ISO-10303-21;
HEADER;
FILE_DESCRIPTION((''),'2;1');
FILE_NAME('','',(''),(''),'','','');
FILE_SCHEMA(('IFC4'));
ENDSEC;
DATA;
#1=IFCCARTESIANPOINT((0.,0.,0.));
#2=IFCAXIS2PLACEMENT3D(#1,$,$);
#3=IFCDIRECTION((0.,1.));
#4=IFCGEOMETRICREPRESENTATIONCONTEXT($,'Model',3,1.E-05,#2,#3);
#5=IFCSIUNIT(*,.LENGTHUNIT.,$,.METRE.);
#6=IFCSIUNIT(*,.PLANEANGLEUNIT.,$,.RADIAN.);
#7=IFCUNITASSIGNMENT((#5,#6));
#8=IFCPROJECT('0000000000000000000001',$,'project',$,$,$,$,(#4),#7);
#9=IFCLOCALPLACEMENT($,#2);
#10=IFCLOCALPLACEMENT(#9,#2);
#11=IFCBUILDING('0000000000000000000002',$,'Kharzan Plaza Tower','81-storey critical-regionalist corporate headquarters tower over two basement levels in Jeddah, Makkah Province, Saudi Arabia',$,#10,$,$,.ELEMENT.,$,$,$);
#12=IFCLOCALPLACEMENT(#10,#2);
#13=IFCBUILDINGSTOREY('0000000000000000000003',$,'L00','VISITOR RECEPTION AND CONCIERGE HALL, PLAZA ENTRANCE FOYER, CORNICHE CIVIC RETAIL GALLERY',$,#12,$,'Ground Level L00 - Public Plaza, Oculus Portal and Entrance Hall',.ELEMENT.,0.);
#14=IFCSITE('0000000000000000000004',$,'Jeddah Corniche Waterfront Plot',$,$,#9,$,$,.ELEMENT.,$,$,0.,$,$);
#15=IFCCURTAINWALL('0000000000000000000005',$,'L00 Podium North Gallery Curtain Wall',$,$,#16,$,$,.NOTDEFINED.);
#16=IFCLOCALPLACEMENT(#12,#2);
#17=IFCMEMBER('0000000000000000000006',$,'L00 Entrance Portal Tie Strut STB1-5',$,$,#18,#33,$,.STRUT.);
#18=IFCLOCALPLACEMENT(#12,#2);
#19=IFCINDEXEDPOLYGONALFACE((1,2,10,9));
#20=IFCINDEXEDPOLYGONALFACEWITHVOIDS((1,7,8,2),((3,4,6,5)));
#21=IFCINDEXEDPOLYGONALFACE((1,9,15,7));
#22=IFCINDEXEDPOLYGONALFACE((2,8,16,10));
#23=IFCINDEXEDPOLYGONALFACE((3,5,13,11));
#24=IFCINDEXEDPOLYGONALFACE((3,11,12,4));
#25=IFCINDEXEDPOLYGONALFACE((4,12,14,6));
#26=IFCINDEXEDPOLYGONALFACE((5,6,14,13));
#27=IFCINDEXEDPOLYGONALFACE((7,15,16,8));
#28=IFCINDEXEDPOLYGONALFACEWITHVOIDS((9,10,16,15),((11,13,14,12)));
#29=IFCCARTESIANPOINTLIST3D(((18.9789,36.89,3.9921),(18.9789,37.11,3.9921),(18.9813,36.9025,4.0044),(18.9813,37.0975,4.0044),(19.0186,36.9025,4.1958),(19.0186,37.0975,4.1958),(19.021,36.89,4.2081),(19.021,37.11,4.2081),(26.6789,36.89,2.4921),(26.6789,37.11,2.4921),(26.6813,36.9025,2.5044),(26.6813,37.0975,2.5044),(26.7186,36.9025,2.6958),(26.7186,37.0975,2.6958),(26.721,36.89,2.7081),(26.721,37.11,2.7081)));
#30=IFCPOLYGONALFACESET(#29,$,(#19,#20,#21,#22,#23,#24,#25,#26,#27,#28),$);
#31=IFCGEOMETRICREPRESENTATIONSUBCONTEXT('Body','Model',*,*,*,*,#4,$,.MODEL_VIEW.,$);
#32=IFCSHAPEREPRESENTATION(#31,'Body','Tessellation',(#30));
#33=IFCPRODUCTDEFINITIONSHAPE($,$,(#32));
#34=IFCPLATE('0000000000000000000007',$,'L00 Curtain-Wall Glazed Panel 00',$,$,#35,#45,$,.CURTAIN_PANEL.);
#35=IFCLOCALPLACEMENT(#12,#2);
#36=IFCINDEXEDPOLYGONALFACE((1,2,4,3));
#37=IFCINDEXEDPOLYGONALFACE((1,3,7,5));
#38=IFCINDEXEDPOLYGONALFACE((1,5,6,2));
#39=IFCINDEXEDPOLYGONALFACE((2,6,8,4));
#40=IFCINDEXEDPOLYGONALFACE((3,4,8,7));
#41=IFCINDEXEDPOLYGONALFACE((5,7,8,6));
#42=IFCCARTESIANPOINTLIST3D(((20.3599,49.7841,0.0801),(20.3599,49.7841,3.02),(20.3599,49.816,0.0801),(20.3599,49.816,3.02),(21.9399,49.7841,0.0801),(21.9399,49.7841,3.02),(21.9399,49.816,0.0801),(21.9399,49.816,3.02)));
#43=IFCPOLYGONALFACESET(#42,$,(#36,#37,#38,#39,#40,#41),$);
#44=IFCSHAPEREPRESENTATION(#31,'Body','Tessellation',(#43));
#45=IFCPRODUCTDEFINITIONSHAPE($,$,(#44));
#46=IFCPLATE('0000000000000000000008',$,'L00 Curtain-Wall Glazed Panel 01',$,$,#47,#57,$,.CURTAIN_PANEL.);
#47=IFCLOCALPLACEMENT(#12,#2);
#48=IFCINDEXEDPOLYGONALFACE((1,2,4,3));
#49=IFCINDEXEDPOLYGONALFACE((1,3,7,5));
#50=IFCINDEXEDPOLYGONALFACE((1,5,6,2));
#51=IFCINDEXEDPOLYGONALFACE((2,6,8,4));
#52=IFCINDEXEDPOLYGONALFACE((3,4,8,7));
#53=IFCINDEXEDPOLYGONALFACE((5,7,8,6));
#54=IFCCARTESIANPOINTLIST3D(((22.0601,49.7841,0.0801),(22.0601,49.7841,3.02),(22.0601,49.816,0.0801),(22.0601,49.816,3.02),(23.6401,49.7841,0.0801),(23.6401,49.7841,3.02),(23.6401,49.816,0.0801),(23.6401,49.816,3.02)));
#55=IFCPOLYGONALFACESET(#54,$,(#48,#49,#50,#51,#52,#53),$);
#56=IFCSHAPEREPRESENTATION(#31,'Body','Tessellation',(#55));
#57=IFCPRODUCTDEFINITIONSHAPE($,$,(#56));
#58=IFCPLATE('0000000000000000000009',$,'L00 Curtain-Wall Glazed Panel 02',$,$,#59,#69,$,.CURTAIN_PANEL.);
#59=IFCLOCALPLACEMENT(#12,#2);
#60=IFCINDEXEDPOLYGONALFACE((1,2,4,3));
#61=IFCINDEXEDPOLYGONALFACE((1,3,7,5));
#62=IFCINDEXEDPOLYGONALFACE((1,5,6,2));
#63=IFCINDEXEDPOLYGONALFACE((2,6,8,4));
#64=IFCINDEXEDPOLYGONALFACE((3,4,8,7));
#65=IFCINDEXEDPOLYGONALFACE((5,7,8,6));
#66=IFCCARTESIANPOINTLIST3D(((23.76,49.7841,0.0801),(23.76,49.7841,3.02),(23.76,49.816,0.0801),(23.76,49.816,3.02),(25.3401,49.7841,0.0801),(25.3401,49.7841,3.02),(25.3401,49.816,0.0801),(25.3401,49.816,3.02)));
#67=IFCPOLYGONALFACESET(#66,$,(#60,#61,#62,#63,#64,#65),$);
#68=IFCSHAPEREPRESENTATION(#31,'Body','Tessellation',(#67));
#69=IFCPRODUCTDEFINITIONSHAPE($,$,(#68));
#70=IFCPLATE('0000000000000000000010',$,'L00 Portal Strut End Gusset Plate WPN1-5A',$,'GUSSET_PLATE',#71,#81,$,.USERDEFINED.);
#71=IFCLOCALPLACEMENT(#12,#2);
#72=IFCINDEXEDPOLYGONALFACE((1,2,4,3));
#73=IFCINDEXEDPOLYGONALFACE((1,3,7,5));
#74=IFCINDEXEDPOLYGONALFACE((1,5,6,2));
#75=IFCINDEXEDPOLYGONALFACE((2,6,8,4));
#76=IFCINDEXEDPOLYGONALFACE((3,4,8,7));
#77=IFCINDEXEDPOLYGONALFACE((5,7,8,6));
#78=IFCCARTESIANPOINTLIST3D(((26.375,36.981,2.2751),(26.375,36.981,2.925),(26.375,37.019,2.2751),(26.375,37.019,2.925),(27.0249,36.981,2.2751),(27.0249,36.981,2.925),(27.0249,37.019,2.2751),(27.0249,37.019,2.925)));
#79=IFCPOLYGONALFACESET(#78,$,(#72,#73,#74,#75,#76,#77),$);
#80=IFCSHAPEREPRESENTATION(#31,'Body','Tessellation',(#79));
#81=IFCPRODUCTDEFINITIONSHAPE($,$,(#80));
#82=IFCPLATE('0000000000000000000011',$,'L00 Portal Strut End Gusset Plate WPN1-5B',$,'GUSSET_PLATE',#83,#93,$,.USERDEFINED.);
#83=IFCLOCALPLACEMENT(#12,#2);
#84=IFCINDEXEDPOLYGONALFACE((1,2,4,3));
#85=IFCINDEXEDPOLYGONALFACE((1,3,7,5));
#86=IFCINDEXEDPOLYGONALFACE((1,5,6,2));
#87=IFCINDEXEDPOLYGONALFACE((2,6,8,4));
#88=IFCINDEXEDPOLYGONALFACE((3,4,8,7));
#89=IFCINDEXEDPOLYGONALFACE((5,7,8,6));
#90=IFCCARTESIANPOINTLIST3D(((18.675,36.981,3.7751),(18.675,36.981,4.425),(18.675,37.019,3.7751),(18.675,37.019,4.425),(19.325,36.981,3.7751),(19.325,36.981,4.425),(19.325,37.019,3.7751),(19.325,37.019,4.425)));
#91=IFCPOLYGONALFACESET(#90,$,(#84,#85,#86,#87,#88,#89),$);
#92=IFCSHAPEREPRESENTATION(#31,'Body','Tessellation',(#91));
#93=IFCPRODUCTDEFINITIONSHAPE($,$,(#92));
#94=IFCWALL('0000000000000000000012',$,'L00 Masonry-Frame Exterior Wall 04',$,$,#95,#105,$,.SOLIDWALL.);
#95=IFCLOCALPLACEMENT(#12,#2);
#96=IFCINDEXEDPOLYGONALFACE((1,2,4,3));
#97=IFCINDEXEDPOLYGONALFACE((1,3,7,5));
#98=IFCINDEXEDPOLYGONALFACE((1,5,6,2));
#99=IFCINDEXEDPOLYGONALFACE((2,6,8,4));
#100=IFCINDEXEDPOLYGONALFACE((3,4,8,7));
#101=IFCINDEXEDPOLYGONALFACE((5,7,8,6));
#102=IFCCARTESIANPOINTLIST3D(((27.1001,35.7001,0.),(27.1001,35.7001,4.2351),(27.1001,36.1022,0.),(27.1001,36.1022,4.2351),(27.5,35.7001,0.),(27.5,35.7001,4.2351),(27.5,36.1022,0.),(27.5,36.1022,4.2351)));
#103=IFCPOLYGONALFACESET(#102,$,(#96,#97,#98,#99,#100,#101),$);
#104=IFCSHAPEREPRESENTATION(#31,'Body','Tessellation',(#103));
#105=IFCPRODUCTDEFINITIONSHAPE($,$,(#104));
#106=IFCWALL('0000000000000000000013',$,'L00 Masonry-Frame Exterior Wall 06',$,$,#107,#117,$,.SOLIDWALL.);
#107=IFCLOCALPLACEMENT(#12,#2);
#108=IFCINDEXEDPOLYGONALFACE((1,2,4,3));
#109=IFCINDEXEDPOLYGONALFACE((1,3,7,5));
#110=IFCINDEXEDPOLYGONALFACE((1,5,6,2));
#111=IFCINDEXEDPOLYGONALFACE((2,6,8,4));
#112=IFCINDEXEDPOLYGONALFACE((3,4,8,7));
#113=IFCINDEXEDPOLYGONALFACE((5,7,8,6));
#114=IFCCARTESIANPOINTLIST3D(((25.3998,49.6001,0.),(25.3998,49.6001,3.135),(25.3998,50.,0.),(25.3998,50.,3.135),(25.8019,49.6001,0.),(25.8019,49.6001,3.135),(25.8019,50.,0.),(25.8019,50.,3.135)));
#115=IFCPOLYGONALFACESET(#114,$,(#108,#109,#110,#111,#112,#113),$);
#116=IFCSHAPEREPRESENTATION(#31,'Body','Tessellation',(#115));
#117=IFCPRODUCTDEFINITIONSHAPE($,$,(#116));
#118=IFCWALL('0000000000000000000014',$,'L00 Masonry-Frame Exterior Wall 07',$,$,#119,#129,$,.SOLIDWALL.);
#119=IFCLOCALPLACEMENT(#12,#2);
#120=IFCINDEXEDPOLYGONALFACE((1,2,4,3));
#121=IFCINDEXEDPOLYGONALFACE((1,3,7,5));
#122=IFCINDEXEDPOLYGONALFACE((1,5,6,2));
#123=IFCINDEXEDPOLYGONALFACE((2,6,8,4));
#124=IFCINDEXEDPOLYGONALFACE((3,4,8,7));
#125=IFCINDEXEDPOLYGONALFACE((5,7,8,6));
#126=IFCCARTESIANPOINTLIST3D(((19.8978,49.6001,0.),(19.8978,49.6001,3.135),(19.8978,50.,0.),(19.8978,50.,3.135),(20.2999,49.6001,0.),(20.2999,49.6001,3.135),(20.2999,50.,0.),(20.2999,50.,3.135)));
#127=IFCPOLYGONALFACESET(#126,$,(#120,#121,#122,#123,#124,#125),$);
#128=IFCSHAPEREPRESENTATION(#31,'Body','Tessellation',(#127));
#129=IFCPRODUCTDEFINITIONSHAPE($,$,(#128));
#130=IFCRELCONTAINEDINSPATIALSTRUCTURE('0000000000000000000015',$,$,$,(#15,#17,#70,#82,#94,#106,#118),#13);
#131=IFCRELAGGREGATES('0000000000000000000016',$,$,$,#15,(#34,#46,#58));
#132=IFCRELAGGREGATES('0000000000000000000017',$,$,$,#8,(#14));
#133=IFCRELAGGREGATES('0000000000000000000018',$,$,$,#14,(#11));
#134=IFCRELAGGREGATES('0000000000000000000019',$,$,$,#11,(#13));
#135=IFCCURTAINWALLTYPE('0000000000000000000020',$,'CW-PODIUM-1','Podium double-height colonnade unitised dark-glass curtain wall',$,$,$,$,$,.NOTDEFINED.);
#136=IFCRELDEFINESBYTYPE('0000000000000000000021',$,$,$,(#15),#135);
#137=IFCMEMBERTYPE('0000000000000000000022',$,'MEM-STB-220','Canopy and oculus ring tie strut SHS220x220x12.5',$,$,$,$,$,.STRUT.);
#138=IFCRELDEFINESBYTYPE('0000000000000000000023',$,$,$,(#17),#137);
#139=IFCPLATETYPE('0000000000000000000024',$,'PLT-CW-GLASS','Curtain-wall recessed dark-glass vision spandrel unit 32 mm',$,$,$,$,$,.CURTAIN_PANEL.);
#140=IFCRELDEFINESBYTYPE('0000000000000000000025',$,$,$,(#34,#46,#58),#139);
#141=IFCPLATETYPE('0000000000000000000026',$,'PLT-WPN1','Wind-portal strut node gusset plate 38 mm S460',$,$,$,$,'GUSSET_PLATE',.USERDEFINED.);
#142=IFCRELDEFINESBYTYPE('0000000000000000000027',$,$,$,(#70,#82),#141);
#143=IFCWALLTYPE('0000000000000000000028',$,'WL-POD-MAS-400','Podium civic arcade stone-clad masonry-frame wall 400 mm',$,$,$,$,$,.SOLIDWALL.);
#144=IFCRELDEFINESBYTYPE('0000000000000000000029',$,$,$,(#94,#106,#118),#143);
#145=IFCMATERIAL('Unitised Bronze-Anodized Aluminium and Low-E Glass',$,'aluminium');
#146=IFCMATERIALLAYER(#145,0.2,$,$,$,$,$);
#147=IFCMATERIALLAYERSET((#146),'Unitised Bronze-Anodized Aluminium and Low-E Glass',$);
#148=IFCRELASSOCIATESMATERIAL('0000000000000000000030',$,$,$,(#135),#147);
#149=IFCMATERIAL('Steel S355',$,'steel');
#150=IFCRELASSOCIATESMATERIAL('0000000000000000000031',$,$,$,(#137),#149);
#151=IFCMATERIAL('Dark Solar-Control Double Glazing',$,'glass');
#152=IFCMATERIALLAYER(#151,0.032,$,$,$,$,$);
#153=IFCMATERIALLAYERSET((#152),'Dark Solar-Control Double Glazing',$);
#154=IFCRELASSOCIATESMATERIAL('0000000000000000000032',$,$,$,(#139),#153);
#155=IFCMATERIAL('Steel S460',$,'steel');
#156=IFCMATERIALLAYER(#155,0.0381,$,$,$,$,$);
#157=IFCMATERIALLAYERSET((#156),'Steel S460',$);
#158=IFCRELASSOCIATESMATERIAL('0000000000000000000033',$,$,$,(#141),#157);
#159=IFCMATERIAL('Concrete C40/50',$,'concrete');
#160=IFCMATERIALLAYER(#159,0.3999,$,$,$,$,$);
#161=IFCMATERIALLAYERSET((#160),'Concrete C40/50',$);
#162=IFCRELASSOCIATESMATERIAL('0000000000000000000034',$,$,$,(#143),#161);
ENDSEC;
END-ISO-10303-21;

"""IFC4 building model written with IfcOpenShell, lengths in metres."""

from ifc_helpers import new_model, si_unit, direction, frame, frame_2d, origin, origin_2d, place, context, subcontext, project, spatial, rectangle, hollow_rectangle, extrude, source, transform, mapped, material, layer, layer_set, material_profile, profile_set, type_object, element, aggregate, save


model = new_model("IFC4")

# Units and contexts
model_context = context("Model", 3, precision=1e-05, world=origin(), true_north=direction((0.0, 1.0)))
body_context = subcontext(model_context, "Body", "Model", "MODEL_VIEW")
ifc_project = project(units=[si_unit("LENGTHUNIT", "METRE"), si_unit("PLANEANGLEUNIT", "RADIAN")], contexts=[model_context])

# Site, building, storey
site_placement = place(None, origin())
site = spatial("IfcSite", under=ifc_project, at=site_placement, Name="Jeddah Corniche Waterfront Plot", CompositionType="ELEMENT", RefElevation=0.0)
building_placement = place(site_placement, origin())
building = spatial("IfcBuilding", under=site, at=building_placement, Name="Kharzan Plaza Tower", Description="81-storey critical-regionalist corporate headquarters tower over two basement levels in Jeddah, Makkah Province, Saudi Arabia", CompositionType="ELEMENT")
storey_placement = place(building_placement, origin())
storey = spatial("IfcBuildingStorey", under=building, at=storey_placement, Name="L00", Description="VISITOR RECEPTION AND CONCIERGE HALL, PLAZA ENTRANCE FOYER, CORNICHE CIVIC RETAIL GALLERY", LongName="Ground Level L00 - Public Plaza, Oculus Portal and Entrance Hall", CompositionType="ELEMENT", Elevation=0.0)

# Shared definitions
ifc_material_1 = material(Name="Steel S355", Category="steel")

# Curtain wall
ifc_material_2 = material(Name="Unitised Bronze-Anodized Aluminium and Low-E Glass", Category="aluminium")
ifc_layer_1 = layer(ifc_material_2, 0.2)
ifc_layer_set_1 = layer_set([ifc_layer_1], Name="Unitised Bronze-Anodized Aluminium and Low-E Glass")
curtain_wall_type = type_object("IfcCurtainWallType", Name="CW-PODIUM-1", Description="Podium double-height colonnade unitised dark-glass curtain wall", PredefinedType="NOTDEFINED", material=ifc_layer_set_1)
curtain_wall_placement = place(storey_placement, origin())
curtain_wall = element("IfcCurtainWall", 1, at=curtain_wall_placement, inside=storey, type_object=curtain_wall_type, Name="L00 Podium North Gallery Curtain Wall", PredefinedType="NOTDEFINED")

# Member
ifc_material_profile_1 = material_profile(ifc_material_1, hollow_rectangle(XDim=0.22, YDim=0.22, WallThickness=0.0125, at=origin_2d()), Name="SHS220x220x12.5")
ifc_profile_set_1 = profile_set([ifc_material_profile_1], Name="Steel S355")
member_type_1 = type_object("IfcMemberType", Name="MEM-STB-220", Description="Canopy and oculus ring tie strut SHS220x220x12.5", PredefinedType="STRUT", material=ifc_profile_set_1)
shared_shape_1 = source(origin(), body_context, "Body", "SweptSolid", [
    extrude(hollow_rectangle(XDim=0.22, YDim=0.22, WallThickness=0.0125, at=origin_2d()), origin(), (0.0, 0.0, 1.0), 7.8447),
])
member_1_placement = place(storey_placement, frame((26.7, 37.0, 2.6001), z_axis=(-0.981549, 0.0, 0.191212), x_axis=(0.0, -1.0, 0.0)))
element("IfcMember", 2, at=member_1_placement, inside=storey, type_object=member_type_1, Name="L00 Entrance Portal Tie Strut STB1-5", PredefinedType="STRUT", context=body_context, shape_type="MappedRepresentation", body=[
    mapped(shared_shape_1, transform((0.0, 0.0, 0.0), x_axis=(1.0, 0.0, 0.0), y_axis=(0.0, 1.0, 0.0), z_axis=(0.0, 0.0, 1.0))),
])

# Plates
ifc_material_3 = material(Name="Dark Solar-Control Double Glazing", Category="glass")
ifc_layer_2 = layer(ifc_material_3, 0.032)
ifc_layer_set_2 = layer_set([ifc_layer_2], Name="Dark Solar-Control Double Glazing")
plate_type_1 = type_object("IfcPlateType", Name="PLT-CW-GLASS", Description="Curtain-wall recessed dark-glass vision spandrel unit 32 mm", PredefinedType="CURTAIN_PANEL", material=ifc_layer_set_2)
shared_shape_2 = source(origin(), body_context, "Body", "SweptSolid", [
    extrude(rectangle(XDim=1.5801, YDim=0.032, at=origin_2d()), origin(), (0.0, 0.0, 1.0), 2.9399),
])
plate_1_placement = place(storey_placement, frame((21.1499, 49.8, 0.0801), z_axis=(0.0, 0.0, 1.0), x_axis=(1.0, 0.0, 0.0)))
plate_1 = element("IfcPlate", 3, at=plate_1_placement, type_object=plate_type_1, Name="L00 Curtain-Wall Glazed Panel 00", PredefinedType="CURTAIN_PANEL", context=body_context, shape_type="MappedRepresentation", body=[
    mapped(shared_shape_2, transform((0.0, 0.0, 0.0), x_axis=(1.0, 0.0, 0.0), y_axis=(0.0, 1.0, 0.0), z_axis=(0.0, 0.0, 1.0))),
])
plate_2_placement = place(storey_placement, frame((22.8501, 49.8, 0.0801), z_axis=(0.0, 0.0, 1.0), x_axis=(1.0, 0.0, 0.0)))
plate_2 = element("IfcPlate", 4, at=plate_2_placement, type_object=plate_type_1, Name="L00 Curtain-Wall Glazed Panel 01", PredefinedType="CURTAIN_PANEL", context=body_context, shape_type="MappedRepresentation", body=[
    mapped(shared_shape_2, transform((0.0, 0.0, 0.0), x_axis=(1.0, 0.0, 0.0), y_axis=(0.0, 1.0, 0.0), z_axis=(0.0, 0.0, 1.0))),
])
plate_3_placement = place(storey_placement, frame((24.55, 49.8, 0.0801), z_axis=(0.0, 0.0, 1.0), x_axis=(1.0, 0.0, 0.0)))
plate_3 = element("IfcPlate", 5, at=plate_3_placement, type_object=plate_type_1, Name="L00 Curtain-Wall Glazed Panel 02", PredefinedType="CURTAIN_PANEL", context=body_context, shape_type="MappedRepresentation", body=[
    mapped(shared_shape_2, transform((0.0, 0.0, 0.0), x_axis=(1.0, 0.0, 0.0), y_axis=(0.0, 1.0, 0.0), z_axis=(0.0, 0.0, 1.0))),
])
aggregate(curtain_wall, [plate_1, plate_2, plate_3])

# Plates
ifc_material_4 = material(Name="Steel S460", Category="steel")
ifc_layer_3 = layer(ifc_material_4, 0.0381)
ifc_layer_set_3 = layer_set([ifc_layer_3], Name="Steel S460")
plate_type_2 = type_object("IfcPlateType", Name="PLT-WPN1", Description="Wind-portal strut node gusset plate 38 mm S460", ElementType="GUSSET_PLATE", PredefinedType="USERDEFINED", material=ifc_layer_set_3)
shared_shape_3 = source(origin(), body_context, "Body", "SweptSolid", [
    extrude(rectangle(XDim=0.6499, YDim=0.0381, at=origin_2d()), origin(), (0.0, 0.0, 1.0), 0.6499),
])
for number, where, z_axis, x_axis, name in (
    (6, (26.7, 37.0, 2.2751), (0.0, 0.0, 1.0), (1.0, 0.0, 0.0), "L00 Portal Strut End Gusset Plate WPN1-5A"),
    (7, (19.0, 37.0, 3.7751), (0.0, 0.0, 1.0), (1.0, 0.0, 0.0), "L00 Portal Strut End Gusset Plate WPN1-5B"),
):
    element("IfcPlate", number, at=place(storey_placement, frame(where, z_axis=z_axis, x_axis=x_axis)), inside=storey, type_object=plate_type_2, Name=name, ObjectType="GUSSET_PLATE", PredefinedType="USERDEFINED", context=body_context, shape_type="MappedRepresentation", body=[
        mapped(shared_shape_3, transform((0.0, 0.0, 0.0), x_axis=(1.0, 0.0, 0.0), y_axis=(0.0, 1.0, 0.0), z_axis=(0.0, 0.0, 1.0))),
    ])

# Shared definitions
ifc_material_5 = material(Name="Concrete C40/50", Category="concrete")
ifc_layer_4 = layer(ifc_material_5, 0.3999)
ifc_layer_set_4 = layer_set([ifc_layer_4], Name="Concrete C40/50")
wall_type = type_object("IfcWallType", Name="WL-POD-MAS-400", Description="Podium civic arcade stone-clad masonry-frame wall 400 mm", PredefinedType="SOLIDWALL", material=ifc_layer_set_4)

# Walls
shared_shape_4 = source(origin(), body_context, "Body", "SweptSolid", [
    extrude(rectangle(XDim=0.4021, YDim=0.3999, at=frame_2d((0.2012, 0.0))), origin(), (0.0, 0.0, 1.0), 4.2351),
])
wall_1_placement = place(storey_placement, frame((27.3, 35.7, 0.0), z_axis=(0.0, 0.0, 1.0), x_axis=(0.0, 1.0, 0.0)))
element("IfcWall", 8, at=wall_1_placement, inside=storey, type_object=wall_type, Name="L00 Masonry-Frame Exterior Wall 04", PredefinedType="SOLIDWALL", context=body_context, shape_type="MappedRepresentation", body=[
    mapped(shared_shape_4, transform((0.0, 0.0, 0.0), x_axis=(1.0, 0.0, 0.0), y_axis=(0.0, 1.0, 0.0), z_axis=(0.0, 0.0, 1.0))),
])
shared_shape_5 = source(origin(), body_context, "Body", "SweptSolid", [
    extrude(rectangle(XDim=0.4021, YDim=0.3999, at=frame_2d((0.2012, 0.0))), origin(), (0.0, 0.0, 1.0), 3.135),
])
for number, where, z_axis, x_axis, name in (
    (9, (25.802, 49.8, 0.0), (0.0, 0.0, 1.0), (-1.0, 0.0, 0.0), "L00 Masonry-Frame Exterior Wall 06"),
    (10, (20.3, 49.8, 0.0), (0.0, 0.0, 1.0), (-1.0, 0.0, 0.0), "L00 Masonry-Frame Exterior Wall 07"),
):
    element("IfcWall", number, at=place(storey_placement, frame(where, z_axis=z_axis, x_axis=x_axis)), inside=storey, type_object=wall_type, Name=name, PredefinedType="SOLIDWALL", context=body_context, shape_type="MappedRepresentation", body=[
        mapped(shared_shape_5, transform((0.0, 0.0, 0.0), x_axis=(1.0, 0.0, 0.0), y_axis=(0.0, 1.0, 0.0), z_axis=(0.0, 0.0, 1.0))),
    ])

save(model, "model.ifc")
